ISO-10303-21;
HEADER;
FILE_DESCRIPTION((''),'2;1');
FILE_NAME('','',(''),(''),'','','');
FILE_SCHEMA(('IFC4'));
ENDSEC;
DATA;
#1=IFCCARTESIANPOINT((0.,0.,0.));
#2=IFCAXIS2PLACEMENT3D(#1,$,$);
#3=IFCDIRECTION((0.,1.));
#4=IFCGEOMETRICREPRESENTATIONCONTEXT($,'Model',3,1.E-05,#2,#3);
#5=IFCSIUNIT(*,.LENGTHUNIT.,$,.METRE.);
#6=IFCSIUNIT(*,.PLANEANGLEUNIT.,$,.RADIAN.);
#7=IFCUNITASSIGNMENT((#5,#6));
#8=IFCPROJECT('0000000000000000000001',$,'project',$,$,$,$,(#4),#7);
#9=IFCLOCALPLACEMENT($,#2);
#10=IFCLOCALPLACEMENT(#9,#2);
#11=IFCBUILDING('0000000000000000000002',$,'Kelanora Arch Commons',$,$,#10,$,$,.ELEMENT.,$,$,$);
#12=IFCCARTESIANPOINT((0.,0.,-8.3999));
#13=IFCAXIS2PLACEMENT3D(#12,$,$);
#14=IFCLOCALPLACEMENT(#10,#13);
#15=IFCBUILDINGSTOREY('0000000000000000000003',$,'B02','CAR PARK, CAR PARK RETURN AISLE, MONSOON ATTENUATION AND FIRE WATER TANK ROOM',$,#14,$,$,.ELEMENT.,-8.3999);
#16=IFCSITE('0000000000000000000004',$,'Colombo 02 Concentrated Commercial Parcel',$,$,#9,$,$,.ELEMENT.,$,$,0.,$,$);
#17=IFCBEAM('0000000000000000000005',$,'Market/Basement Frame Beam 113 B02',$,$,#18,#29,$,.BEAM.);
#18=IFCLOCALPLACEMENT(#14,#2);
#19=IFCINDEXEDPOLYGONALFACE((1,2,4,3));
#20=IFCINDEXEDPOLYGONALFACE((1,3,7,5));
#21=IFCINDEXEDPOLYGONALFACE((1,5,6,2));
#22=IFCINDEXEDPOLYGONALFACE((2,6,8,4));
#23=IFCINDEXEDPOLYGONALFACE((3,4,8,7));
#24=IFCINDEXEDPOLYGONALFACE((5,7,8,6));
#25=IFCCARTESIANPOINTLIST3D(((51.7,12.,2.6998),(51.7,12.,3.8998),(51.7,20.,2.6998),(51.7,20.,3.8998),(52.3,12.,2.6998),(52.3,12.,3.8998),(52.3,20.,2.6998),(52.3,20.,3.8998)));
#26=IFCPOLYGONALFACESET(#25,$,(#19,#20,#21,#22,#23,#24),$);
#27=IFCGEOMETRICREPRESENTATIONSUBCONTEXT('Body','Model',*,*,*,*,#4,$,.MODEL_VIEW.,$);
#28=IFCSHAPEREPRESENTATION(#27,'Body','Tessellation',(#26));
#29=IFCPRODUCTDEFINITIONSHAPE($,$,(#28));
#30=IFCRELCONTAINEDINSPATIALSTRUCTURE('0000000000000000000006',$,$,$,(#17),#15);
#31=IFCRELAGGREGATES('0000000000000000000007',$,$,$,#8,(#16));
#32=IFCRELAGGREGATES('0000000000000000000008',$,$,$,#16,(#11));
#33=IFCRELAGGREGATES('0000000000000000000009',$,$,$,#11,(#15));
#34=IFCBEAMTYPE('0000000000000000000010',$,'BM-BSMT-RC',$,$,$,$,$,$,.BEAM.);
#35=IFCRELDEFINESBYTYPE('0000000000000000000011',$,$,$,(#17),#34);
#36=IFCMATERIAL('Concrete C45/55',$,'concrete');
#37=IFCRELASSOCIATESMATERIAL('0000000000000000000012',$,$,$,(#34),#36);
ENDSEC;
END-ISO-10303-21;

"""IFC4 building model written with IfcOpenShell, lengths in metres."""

from ifc_helpers import new_model, si_unit, direction, frame, origin, origin_2d, place, context, subcontext, project, spatial, rectangle, extrude, material, material_profile, profile_set, type_object, element, save


model = new_model("IFC4")

# Units and contexts
model_context = context("Model", 3, precision=1e-05, world=origin(), true_north=direction((0.0, 1.0)))
body_context = subcontext(model_context, "Body", "Model", "MODEL_VIEW")
ifc_project = project(units=[si_unit("LENGTHUNIT", "METRE"), si_unit("PLANEANGLEUNIT", "RADIAN")], contexts=[model_context])

# Site, building, storey
site_placement = place(None, origin())
site = spatial("IfcSite", under=ifc_project, at=site_placement, Name="Colombo 02 Concentrated Commercial Parcel", CompositionType="ELEMENT", RefElevation=0.0)
building_placement = place(site_placement, origin())
building = spatial("IfcBuilding", under=site, at=building_placement, Name="Kelanora Arch Commons", CompositionType="ELEMENT")
storey_placement = place(building_placement, frame((0.0, 0.0, -8.3999)))
storey = spatial("IfcBuildingStorey", under=building, at=storey_placement, Name="B02", Description="CAR PARK, CAR PARK RETURN AISLE, MONSOON ATTENUATION AND FIRE WATER TANK ROOM", CompositionType="ELEMENT", Elevation=-8.3999)

# Shared definitions
ifc_material_1 = material(Name="Concrete C45/55", Category="concrete")

# Beam
ifc_material_profile_1 = material_profile(ifc_material_1, rectangle(XDim=0.6001, YDim=1.2, at=origin_2d()), Name="RCB600x1200")
ifc_profile_set_1 = profile_set([ifc_material_profile_1], Name="Concrete C45/55")
beam_type = type_object("IfcBeamType", Name="BM-BSMT-RC", PredefinedType="BEAM", material=ifc_profile_set_1)
for number, where, z_axis, x_axis, name in (
    (1, (52.0, 12.0, 3.2998), (0.0, 1.0, 0.0), (-1.0, 0.0, 0.0), "Market/Basement Frame Beam 113 B02"),
):
    element("IfcBeam", number, at=place(storey_placement, frame(where, z_axis=z_axis, x_axis=x_axis)), inside=storey, type_object=beam_type, Name=name, PredefinedType="BEAM", context=body_context, shape_type="SweptSolid", body=[
        extrude(rectangle(XDim=0.6001, YDim=1.2, at=origin_2d()), origin(), (0.0, 0.0, 1.0), 8.0),
    ])

save(model, "model.ifc")
